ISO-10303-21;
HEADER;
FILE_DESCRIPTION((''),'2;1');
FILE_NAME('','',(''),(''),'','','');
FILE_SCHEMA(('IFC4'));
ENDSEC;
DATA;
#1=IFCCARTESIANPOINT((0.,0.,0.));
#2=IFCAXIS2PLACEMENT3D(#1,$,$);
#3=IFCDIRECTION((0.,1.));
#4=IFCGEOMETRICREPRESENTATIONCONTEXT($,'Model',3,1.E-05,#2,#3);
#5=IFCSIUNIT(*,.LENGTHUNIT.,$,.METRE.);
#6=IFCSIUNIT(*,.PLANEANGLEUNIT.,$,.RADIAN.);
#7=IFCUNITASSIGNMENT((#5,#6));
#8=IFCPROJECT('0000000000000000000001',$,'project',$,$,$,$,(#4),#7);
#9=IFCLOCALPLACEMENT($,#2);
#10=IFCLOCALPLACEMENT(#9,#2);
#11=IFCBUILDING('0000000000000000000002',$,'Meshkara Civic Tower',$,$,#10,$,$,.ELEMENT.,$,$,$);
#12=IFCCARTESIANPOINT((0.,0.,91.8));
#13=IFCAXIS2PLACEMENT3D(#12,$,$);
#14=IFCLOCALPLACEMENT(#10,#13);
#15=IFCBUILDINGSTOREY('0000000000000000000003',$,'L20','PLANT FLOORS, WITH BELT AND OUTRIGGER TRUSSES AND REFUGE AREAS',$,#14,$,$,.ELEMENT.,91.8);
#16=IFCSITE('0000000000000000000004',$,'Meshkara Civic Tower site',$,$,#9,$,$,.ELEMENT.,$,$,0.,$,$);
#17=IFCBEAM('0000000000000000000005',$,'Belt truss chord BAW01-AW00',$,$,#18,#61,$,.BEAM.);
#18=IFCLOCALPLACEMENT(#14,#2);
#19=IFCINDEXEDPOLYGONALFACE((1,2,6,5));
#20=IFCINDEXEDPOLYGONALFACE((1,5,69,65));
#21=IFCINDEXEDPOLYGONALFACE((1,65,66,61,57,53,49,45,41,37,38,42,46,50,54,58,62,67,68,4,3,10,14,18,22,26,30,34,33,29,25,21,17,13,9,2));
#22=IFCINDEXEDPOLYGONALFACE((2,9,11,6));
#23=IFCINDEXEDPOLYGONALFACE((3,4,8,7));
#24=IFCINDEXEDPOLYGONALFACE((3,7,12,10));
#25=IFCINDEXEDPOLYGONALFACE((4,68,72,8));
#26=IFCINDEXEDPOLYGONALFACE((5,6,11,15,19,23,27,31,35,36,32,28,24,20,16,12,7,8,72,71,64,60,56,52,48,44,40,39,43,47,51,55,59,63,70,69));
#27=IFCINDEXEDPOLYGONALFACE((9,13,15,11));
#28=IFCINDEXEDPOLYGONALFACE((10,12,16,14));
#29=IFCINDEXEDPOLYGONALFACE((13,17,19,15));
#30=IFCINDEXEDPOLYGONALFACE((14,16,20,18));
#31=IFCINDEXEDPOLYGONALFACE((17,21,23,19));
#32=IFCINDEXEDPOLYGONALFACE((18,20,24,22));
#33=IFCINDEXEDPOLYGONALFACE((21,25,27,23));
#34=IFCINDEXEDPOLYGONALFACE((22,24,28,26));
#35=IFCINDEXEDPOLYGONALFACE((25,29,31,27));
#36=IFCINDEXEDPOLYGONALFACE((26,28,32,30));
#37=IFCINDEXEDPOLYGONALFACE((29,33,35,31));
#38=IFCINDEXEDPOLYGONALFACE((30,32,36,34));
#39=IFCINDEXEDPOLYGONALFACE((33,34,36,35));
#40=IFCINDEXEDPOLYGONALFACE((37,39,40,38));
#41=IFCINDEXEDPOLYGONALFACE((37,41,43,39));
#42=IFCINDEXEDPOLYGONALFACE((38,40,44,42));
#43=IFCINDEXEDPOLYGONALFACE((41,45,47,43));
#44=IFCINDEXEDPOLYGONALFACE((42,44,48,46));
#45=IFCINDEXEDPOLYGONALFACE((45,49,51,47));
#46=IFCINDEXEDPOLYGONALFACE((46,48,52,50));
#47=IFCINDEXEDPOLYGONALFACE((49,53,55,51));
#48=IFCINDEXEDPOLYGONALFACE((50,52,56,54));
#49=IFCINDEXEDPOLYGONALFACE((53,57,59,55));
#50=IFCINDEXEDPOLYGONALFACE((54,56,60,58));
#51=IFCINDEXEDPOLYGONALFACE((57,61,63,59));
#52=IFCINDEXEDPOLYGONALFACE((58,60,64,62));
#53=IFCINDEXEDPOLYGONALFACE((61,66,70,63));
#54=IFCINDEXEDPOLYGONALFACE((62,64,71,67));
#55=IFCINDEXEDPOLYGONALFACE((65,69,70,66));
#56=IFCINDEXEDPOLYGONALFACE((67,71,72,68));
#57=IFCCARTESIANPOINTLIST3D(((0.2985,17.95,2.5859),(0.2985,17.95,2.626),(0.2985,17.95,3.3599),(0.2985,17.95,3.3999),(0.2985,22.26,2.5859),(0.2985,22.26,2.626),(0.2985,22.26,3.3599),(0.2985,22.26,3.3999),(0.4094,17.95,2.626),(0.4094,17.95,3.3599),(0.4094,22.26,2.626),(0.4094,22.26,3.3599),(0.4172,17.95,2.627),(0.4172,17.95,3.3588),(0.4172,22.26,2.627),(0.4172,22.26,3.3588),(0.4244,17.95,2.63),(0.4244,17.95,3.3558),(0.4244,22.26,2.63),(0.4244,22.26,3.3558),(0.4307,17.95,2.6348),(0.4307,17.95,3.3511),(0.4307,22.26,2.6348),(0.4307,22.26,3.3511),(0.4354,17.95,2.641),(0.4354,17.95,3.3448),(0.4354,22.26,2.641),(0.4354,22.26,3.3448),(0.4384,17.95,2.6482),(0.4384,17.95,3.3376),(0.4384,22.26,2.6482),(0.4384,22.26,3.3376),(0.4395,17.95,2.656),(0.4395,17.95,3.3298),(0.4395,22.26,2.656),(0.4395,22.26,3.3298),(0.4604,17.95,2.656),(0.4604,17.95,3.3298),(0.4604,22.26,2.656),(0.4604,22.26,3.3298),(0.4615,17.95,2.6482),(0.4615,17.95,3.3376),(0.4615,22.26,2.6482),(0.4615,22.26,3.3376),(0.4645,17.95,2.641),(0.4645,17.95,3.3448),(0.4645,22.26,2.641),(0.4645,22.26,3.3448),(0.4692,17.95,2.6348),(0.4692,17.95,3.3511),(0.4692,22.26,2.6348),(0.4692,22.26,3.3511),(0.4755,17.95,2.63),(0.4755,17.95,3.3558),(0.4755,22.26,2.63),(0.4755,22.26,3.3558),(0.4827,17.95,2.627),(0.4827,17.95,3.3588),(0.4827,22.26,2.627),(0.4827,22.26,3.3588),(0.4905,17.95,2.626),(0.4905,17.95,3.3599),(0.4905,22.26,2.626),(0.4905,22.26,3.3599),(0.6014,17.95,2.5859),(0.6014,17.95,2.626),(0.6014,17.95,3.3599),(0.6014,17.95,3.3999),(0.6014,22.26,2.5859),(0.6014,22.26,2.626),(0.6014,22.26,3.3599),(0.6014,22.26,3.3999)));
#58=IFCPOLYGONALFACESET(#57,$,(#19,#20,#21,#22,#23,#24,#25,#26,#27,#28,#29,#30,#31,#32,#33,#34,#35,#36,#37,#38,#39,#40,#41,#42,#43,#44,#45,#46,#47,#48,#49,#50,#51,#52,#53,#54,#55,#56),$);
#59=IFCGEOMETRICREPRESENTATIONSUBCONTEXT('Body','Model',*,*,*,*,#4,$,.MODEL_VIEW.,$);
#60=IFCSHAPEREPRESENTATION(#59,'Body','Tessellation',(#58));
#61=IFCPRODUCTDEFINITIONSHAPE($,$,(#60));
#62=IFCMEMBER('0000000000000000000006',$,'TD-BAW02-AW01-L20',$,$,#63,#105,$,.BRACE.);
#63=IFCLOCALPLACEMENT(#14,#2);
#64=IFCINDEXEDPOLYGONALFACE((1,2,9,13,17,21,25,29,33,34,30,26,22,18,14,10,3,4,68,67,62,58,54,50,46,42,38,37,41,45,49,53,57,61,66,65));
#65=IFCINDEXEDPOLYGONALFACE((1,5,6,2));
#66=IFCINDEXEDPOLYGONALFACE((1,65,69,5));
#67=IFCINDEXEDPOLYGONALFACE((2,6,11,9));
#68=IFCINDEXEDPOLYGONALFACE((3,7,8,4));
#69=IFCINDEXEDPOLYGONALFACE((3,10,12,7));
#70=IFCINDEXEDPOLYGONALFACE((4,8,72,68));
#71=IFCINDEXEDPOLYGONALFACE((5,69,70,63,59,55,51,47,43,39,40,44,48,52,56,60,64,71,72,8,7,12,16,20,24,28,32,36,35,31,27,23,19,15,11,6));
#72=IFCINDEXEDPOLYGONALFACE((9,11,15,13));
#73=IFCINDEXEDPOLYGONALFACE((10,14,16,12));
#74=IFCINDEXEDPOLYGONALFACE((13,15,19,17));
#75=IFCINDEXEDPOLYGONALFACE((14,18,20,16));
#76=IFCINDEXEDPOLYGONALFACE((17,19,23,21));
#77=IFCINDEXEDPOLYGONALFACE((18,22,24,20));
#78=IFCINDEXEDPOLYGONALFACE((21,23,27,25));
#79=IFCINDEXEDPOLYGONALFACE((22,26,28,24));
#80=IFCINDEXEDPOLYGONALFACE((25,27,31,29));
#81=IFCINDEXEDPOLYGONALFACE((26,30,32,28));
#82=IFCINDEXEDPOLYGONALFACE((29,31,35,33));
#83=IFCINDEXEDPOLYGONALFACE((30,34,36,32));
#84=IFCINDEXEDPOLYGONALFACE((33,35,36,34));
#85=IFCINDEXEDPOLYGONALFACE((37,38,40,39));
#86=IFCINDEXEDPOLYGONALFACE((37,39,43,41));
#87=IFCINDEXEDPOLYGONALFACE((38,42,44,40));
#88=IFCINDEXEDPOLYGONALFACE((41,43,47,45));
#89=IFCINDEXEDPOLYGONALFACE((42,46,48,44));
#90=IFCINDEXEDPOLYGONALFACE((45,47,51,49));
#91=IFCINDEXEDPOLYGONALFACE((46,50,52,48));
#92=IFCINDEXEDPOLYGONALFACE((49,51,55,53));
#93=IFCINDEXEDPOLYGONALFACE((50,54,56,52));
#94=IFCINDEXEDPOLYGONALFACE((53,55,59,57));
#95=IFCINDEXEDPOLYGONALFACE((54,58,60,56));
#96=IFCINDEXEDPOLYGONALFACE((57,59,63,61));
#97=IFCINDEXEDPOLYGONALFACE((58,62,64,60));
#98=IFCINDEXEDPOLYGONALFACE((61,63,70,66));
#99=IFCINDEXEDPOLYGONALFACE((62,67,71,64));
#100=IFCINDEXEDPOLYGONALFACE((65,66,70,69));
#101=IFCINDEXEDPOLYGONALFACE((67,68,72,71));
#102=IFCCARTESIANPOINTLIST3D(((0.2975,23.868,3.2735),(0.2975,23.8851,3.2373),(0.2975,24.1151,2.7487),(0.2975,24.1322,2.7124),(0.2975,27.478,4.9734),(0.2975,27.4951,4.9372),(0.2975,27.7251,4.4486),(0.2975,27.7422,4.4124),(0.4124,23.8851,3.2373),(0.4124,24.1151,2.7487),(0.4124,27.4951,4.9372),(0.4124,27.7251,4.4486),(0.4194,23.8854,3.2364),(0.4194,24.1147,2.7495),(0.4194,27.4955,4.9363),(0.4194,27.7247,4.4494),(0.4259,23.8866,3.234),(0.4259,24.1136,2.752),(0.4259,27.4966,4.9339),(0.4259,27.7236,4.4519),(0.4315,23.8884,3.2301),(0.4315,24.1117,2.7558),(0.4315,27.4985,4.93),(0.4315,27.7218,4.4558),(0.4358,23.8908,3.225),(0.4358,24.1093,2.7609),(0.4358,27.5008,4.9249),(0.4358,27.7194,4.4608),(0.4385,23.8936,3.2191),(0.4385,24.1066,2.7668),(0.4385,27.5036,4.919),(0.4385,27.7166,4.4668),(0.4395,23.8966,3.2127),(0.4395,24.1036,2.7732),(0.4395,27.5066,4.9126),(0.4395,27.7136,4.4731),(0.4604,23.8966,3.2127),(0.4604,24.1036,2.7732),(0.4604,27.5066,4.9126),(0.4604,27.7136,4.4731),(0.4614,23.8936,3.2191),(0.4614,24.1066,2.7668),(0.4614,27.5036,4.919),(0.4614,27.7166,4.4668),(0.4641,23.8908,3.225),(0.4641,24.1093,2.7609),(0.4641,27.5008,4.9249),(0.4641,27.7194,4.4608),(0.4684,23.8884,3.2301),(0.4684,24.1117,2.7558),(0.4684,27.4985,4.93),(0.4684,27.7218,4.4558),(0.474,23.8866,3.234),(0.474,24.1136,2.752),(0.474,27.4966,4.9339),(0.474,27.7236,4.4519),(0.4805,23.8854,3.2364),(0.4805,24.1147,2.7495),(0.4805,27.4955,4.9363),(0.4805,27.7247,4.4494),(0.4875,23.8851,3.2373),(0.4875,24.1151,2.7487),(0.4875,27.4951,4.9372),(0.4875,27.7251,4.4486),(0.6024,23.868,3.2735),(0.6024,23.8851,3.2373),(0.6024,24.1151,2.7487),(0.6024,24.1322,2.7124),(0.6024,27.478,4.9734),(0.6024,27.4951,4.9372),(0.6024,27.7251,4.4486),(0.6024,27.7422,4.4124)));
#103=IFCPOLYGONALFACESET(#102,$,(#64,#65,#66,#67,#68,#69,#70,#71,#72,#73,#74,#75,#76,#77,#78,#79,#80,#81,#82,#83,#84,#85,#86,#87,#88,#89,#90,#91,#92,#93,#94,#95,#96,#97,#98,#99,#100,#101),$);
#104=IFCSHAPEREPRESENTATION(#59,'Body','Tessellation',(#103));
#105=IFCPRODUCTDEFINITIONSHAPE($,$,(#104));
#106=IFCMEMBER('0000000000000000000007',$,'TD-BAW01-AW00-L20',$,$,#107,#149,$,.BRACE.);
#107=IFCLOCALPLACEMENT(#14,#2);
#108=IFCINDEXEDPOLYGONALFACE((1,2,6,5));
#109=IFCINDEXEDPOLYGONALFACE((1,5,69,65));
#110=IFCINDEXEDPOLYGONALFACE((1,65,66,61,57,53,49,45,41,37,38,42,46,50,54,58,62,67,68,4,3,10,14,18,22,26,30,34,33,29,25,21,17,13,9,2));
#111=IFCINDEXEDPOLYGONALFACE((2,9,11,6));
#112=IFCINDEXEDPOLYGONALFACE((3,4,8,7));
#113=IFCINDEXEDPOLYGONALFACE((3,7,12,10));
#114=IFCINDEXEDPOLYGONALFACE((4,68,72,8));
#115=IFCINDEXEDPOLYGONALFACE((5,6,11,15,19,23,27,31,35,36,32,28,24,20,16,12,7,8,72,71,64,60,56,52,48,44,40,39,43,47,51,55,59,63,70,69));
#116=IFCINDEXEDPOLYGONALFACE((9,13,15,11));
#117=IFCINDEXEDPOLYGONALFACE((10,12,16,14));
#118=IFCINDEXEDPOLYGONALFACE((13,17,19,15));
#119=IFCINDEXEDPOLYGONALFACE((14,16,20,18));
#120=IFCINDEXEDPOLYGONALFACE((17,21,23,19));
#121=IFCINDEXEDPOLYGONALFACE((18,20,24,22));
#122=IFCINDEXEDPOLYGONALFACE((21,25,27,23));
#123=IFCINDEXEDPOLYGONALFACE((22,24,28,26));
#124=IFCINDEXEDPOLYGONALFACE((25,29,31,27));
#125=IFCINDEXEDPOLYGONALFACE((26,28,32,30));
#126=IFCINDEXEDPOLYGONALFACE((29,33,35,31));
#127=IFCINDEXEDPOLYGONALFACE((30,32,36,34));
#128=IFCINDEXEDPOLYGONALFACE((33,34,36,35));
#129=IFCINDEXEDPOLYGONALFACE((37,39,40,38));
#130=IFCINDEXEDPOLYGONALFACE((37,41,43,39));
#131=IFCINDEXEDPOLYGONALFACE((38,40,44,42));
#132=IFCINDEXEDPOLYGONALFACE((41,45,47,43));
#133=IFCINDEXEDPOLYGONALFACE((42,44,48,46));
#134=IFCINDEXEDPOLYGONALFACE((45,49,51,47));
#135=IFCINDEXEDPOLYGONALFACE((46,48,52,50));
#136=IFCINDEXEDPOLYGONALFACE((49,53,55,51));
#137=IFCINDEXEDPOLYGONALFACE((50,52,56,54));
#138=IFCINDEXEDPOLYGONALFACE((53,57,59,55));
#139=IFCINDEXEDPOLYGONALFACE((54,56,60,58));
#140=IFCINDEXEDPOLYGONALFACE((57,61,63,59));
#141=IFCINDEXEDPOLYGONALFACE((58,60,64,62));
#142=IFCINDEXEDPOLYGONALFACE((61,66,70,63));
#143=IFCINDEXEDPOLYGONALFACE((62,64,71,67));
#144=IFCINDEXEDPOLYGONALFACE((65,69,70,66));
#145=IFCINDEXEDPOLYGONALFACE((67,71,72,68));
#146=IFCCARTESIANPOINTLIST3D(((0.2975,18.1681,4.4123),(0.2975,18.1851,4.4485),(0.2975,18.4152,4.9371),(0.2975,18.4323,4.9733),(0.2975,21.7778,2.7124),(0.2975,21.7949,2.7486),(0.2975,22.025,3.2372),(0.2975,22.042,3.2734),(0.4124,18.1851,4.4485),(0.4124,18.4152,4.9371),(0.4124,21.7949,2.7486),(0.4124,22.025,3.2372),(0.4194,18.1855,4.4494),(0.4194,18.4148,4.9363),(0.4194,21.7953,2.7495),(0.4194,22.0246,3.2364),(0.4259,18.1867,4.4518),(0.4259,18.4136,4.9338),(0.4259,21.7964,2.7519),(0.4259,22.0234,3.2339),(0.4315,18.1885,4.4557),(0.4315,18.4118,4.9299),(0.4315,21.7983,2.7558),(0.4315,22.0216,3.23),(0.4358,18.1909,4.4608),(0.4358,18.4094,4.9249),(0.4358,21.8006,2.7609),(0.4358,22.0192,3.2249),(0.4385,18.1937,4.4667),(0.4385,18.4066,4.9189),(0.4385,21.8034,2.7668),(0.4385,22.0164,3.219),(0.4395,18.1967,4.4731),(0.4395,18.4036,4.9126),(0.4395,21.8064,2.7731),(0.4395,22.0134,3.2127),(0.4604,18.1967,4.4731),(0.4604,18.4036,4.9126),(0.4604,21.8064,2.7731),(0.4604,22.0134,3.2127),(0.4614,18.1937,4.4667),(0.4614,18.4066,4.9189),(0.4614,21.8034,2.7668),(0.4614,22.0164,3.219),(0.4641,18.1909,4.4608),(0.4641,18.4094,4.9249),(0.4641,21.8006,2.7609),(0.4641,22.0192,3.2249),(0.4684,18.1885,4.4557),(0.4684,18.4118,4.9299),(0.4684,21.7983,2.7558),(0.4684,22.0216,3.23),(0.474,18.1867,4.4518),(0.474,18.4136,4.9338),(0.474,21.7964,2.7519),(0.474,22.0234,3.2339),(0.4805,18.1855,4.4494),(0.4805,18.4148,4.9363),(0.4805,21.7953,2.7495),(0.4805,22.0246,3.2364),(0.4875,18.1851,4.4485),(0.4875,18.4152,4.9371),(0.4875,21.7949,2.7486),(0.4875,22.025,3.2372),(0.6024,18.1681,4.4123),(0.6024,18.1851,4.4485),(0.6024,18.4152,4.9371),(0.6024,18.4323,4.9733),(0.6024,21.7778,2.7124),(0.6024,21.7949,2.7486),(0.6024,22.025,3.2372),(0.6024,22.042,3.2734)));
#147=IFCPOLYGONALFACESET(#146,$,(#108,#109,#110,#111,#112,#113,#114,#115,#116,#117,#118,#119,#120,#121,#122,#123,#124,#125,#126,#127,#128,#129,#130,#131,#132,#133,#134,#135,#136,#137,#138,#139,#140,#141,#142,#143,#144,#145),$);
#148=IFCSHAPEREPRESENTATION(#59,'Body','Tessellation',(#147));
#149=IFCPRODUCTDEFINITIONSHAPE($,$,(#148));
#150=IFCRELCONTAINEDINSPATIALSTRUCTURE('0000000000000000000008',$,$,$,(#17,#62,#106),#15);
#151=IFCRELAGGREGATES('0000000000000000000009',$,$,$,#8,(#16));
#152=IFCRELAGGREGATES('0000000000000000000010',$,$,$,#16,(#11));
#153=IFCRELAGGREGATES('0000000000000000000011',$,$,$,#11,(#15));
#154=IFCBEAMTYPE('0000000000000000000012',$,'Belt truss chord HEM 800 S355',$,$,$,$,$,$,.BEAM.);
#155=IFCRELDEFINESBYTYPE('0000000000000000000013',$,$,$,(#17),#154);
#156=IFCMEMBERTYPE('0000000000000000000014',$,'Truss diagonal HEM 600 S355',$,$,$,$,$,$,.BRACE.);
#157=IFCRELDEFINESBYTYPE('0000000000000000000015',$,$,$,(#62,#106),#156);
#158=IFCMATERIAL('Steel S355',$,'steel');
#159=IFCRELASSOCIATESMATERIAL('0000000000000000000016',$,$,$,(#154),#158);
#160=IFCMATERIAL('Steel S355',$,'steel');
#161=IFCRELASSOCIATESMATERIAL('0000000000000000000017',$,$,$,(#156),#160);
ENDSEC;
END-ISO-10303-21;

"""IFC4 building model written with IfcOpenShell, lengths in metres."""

from ifc_helpers import new_model, si_unit, direction, frame, origin, origin_2d, place, context, subcontext, project, spatial, i_section, extrude, material, material_profile, profile_set, type_object, element, save


model = new_model("IFC4")

# Units and contexts
model_context = context("Model", 3, precision=1e-05, world=origin(), true_north=direction((0.0, 1.0)))
body_context = subcontext(model_context, "Body", "Model", "MODEL_VIEW")
ifc_project = project(units=[si_unit("LENGTHUNIT", "METRE"), si_unit("PLANEANGLEUNIT", "RADIAN")], contexts=[model_context])

# Site, building, storey
site_placement = place(None, origin())
site = spatial("IfcSite", under=ifc_project, at=site_placement, Name="Meshkara Civic Tower site", CompositionType="ELEMENT", RefElevation=0.0)
building_placement = place(site_placement, origin())
building = spatial("IfcBuilding", under=site, at=building_placement, Name="Meshkara Civic Tower", CompositionType="ELEMENT")
storey_placement = place(building_placement, frame((0.0, 0.0, 91.8)))
storey = spatial("IfcBuildingStorey", under=building, at=storey_placement, Name="L20", Description="PLANT FLOORS, WITH BELT AND OUTRIGGER TRUSSES AND REFUGE AREAS", CompositionType="ELEMENT", Elevation=91.8)

# Beam
ifc_material_1 = material(Name="Steel S355", Category="steel")
ifc_material_profile_1 = material_profile(ifc_material_1, i_section(OverallWidth=0.303, OverallDepth=0.814, WebThickness=0.021, FlangeThickness=0.04, FilletRadius=0.03, at=origin_2d()))
ifc_profile_set_1 = profile_set([ifc_material_profile_1], Name="Steel S355")
beam_type = type_object("IfcBeamType", Name="Belt truss chord HEM 800 S355", PredefinedType="BEAM", material=ifc_profile_set_1)
for number, where, z_axis, x_axis, name in (
    (1, (0.45, 22.26, 2.9929), (0.0, -1.0, 0.0), (1.0, 0.0, 0.0), "Belt truss chord BAW01-AW00"),
):
    element("IfcBeam", number, at=place(storey_placement, frame(where, z_axis=z_axis, x_axis=x_axis)), inside=storey, type_object=beam_type, Name=name, PredefinedType="BEAM", context=body_context, shape_type="SweptSolid", body=[
        extrude(i_section(OverallWidth=0.303, OverallDepth=0.814, WebThickness=0.021, FlangeThickness=0.04, FilletRadius=0.03, at=origin_2d()), origin(), (0.0, 0.0, 1.0), 4.3101),
    ])

# Members
ifc_material_2 = material(Name="Steel S355", Category="steel")
ifc_material_profile_2 = material_profile(ifc_material_2, i_section(OverallWidth=0.3049, OverallDepth=0.6201, WebThickness=0.021, FlangeThickness=0.04, FilletRadius=0.0271, at=origin_2d()))
ifc_profile_set_2 = profile_set([ifc_material_profile_2], Name="Steel S355")
member_type = type_object("IfcMemberType", Name="Truss diagonal HEM 600 S355", PredefinedType="BRACE", material=ifc_profile_set_2)
member_1_placement = place(storey_placement, frame((0.45, 27.6101, 4.6929), z_axis=(0.0, -0.904715, -0.426018), x_axis=(1.0, 0.0, 0.0)))
element("IfcMember", 2, at=member_1_placement, inside=storey, type_object=member_type, Name="TD-BAW02-AW01-L20", PredefinedType="BRACE", context=body_context, shape_type="SweptSolid", body=[
    extrude(i_section(OverallWidth=0.3049, OverallDepth=0.6201, WebThickness=0.021, FlangeThickness=0.04, FilletRadius=0.0271, at=origin_2d()), origin(), (0.0, 0.0, 1.0), 3.9902),
])
member_2_placement = place(storey_placement, frame((0.45, 21.9099, 2.9929), z_axis=(0.0, -0.904704, 0.426042), x_axis=(1.0, 0.0, 0.0)))
element("IfcMember", 3, at=member_2_placement, inside=storey, type_object=member_type, Name="TD-BAW01-AW00-L20", PredefinedType="BRACE", context=body_context, shape_type="SweptSolid", body=[
    extrude(i_section(OverallWidth=0.3049, OverallDepth=0.6201, WebThickness=0.021, FlangeThickness=0.04, FilletRadius=0.0271, at=origin_2d()), origin(), (0.0, 0.0, 1.0), 3.99),
])

save(model, "model.ifc")
